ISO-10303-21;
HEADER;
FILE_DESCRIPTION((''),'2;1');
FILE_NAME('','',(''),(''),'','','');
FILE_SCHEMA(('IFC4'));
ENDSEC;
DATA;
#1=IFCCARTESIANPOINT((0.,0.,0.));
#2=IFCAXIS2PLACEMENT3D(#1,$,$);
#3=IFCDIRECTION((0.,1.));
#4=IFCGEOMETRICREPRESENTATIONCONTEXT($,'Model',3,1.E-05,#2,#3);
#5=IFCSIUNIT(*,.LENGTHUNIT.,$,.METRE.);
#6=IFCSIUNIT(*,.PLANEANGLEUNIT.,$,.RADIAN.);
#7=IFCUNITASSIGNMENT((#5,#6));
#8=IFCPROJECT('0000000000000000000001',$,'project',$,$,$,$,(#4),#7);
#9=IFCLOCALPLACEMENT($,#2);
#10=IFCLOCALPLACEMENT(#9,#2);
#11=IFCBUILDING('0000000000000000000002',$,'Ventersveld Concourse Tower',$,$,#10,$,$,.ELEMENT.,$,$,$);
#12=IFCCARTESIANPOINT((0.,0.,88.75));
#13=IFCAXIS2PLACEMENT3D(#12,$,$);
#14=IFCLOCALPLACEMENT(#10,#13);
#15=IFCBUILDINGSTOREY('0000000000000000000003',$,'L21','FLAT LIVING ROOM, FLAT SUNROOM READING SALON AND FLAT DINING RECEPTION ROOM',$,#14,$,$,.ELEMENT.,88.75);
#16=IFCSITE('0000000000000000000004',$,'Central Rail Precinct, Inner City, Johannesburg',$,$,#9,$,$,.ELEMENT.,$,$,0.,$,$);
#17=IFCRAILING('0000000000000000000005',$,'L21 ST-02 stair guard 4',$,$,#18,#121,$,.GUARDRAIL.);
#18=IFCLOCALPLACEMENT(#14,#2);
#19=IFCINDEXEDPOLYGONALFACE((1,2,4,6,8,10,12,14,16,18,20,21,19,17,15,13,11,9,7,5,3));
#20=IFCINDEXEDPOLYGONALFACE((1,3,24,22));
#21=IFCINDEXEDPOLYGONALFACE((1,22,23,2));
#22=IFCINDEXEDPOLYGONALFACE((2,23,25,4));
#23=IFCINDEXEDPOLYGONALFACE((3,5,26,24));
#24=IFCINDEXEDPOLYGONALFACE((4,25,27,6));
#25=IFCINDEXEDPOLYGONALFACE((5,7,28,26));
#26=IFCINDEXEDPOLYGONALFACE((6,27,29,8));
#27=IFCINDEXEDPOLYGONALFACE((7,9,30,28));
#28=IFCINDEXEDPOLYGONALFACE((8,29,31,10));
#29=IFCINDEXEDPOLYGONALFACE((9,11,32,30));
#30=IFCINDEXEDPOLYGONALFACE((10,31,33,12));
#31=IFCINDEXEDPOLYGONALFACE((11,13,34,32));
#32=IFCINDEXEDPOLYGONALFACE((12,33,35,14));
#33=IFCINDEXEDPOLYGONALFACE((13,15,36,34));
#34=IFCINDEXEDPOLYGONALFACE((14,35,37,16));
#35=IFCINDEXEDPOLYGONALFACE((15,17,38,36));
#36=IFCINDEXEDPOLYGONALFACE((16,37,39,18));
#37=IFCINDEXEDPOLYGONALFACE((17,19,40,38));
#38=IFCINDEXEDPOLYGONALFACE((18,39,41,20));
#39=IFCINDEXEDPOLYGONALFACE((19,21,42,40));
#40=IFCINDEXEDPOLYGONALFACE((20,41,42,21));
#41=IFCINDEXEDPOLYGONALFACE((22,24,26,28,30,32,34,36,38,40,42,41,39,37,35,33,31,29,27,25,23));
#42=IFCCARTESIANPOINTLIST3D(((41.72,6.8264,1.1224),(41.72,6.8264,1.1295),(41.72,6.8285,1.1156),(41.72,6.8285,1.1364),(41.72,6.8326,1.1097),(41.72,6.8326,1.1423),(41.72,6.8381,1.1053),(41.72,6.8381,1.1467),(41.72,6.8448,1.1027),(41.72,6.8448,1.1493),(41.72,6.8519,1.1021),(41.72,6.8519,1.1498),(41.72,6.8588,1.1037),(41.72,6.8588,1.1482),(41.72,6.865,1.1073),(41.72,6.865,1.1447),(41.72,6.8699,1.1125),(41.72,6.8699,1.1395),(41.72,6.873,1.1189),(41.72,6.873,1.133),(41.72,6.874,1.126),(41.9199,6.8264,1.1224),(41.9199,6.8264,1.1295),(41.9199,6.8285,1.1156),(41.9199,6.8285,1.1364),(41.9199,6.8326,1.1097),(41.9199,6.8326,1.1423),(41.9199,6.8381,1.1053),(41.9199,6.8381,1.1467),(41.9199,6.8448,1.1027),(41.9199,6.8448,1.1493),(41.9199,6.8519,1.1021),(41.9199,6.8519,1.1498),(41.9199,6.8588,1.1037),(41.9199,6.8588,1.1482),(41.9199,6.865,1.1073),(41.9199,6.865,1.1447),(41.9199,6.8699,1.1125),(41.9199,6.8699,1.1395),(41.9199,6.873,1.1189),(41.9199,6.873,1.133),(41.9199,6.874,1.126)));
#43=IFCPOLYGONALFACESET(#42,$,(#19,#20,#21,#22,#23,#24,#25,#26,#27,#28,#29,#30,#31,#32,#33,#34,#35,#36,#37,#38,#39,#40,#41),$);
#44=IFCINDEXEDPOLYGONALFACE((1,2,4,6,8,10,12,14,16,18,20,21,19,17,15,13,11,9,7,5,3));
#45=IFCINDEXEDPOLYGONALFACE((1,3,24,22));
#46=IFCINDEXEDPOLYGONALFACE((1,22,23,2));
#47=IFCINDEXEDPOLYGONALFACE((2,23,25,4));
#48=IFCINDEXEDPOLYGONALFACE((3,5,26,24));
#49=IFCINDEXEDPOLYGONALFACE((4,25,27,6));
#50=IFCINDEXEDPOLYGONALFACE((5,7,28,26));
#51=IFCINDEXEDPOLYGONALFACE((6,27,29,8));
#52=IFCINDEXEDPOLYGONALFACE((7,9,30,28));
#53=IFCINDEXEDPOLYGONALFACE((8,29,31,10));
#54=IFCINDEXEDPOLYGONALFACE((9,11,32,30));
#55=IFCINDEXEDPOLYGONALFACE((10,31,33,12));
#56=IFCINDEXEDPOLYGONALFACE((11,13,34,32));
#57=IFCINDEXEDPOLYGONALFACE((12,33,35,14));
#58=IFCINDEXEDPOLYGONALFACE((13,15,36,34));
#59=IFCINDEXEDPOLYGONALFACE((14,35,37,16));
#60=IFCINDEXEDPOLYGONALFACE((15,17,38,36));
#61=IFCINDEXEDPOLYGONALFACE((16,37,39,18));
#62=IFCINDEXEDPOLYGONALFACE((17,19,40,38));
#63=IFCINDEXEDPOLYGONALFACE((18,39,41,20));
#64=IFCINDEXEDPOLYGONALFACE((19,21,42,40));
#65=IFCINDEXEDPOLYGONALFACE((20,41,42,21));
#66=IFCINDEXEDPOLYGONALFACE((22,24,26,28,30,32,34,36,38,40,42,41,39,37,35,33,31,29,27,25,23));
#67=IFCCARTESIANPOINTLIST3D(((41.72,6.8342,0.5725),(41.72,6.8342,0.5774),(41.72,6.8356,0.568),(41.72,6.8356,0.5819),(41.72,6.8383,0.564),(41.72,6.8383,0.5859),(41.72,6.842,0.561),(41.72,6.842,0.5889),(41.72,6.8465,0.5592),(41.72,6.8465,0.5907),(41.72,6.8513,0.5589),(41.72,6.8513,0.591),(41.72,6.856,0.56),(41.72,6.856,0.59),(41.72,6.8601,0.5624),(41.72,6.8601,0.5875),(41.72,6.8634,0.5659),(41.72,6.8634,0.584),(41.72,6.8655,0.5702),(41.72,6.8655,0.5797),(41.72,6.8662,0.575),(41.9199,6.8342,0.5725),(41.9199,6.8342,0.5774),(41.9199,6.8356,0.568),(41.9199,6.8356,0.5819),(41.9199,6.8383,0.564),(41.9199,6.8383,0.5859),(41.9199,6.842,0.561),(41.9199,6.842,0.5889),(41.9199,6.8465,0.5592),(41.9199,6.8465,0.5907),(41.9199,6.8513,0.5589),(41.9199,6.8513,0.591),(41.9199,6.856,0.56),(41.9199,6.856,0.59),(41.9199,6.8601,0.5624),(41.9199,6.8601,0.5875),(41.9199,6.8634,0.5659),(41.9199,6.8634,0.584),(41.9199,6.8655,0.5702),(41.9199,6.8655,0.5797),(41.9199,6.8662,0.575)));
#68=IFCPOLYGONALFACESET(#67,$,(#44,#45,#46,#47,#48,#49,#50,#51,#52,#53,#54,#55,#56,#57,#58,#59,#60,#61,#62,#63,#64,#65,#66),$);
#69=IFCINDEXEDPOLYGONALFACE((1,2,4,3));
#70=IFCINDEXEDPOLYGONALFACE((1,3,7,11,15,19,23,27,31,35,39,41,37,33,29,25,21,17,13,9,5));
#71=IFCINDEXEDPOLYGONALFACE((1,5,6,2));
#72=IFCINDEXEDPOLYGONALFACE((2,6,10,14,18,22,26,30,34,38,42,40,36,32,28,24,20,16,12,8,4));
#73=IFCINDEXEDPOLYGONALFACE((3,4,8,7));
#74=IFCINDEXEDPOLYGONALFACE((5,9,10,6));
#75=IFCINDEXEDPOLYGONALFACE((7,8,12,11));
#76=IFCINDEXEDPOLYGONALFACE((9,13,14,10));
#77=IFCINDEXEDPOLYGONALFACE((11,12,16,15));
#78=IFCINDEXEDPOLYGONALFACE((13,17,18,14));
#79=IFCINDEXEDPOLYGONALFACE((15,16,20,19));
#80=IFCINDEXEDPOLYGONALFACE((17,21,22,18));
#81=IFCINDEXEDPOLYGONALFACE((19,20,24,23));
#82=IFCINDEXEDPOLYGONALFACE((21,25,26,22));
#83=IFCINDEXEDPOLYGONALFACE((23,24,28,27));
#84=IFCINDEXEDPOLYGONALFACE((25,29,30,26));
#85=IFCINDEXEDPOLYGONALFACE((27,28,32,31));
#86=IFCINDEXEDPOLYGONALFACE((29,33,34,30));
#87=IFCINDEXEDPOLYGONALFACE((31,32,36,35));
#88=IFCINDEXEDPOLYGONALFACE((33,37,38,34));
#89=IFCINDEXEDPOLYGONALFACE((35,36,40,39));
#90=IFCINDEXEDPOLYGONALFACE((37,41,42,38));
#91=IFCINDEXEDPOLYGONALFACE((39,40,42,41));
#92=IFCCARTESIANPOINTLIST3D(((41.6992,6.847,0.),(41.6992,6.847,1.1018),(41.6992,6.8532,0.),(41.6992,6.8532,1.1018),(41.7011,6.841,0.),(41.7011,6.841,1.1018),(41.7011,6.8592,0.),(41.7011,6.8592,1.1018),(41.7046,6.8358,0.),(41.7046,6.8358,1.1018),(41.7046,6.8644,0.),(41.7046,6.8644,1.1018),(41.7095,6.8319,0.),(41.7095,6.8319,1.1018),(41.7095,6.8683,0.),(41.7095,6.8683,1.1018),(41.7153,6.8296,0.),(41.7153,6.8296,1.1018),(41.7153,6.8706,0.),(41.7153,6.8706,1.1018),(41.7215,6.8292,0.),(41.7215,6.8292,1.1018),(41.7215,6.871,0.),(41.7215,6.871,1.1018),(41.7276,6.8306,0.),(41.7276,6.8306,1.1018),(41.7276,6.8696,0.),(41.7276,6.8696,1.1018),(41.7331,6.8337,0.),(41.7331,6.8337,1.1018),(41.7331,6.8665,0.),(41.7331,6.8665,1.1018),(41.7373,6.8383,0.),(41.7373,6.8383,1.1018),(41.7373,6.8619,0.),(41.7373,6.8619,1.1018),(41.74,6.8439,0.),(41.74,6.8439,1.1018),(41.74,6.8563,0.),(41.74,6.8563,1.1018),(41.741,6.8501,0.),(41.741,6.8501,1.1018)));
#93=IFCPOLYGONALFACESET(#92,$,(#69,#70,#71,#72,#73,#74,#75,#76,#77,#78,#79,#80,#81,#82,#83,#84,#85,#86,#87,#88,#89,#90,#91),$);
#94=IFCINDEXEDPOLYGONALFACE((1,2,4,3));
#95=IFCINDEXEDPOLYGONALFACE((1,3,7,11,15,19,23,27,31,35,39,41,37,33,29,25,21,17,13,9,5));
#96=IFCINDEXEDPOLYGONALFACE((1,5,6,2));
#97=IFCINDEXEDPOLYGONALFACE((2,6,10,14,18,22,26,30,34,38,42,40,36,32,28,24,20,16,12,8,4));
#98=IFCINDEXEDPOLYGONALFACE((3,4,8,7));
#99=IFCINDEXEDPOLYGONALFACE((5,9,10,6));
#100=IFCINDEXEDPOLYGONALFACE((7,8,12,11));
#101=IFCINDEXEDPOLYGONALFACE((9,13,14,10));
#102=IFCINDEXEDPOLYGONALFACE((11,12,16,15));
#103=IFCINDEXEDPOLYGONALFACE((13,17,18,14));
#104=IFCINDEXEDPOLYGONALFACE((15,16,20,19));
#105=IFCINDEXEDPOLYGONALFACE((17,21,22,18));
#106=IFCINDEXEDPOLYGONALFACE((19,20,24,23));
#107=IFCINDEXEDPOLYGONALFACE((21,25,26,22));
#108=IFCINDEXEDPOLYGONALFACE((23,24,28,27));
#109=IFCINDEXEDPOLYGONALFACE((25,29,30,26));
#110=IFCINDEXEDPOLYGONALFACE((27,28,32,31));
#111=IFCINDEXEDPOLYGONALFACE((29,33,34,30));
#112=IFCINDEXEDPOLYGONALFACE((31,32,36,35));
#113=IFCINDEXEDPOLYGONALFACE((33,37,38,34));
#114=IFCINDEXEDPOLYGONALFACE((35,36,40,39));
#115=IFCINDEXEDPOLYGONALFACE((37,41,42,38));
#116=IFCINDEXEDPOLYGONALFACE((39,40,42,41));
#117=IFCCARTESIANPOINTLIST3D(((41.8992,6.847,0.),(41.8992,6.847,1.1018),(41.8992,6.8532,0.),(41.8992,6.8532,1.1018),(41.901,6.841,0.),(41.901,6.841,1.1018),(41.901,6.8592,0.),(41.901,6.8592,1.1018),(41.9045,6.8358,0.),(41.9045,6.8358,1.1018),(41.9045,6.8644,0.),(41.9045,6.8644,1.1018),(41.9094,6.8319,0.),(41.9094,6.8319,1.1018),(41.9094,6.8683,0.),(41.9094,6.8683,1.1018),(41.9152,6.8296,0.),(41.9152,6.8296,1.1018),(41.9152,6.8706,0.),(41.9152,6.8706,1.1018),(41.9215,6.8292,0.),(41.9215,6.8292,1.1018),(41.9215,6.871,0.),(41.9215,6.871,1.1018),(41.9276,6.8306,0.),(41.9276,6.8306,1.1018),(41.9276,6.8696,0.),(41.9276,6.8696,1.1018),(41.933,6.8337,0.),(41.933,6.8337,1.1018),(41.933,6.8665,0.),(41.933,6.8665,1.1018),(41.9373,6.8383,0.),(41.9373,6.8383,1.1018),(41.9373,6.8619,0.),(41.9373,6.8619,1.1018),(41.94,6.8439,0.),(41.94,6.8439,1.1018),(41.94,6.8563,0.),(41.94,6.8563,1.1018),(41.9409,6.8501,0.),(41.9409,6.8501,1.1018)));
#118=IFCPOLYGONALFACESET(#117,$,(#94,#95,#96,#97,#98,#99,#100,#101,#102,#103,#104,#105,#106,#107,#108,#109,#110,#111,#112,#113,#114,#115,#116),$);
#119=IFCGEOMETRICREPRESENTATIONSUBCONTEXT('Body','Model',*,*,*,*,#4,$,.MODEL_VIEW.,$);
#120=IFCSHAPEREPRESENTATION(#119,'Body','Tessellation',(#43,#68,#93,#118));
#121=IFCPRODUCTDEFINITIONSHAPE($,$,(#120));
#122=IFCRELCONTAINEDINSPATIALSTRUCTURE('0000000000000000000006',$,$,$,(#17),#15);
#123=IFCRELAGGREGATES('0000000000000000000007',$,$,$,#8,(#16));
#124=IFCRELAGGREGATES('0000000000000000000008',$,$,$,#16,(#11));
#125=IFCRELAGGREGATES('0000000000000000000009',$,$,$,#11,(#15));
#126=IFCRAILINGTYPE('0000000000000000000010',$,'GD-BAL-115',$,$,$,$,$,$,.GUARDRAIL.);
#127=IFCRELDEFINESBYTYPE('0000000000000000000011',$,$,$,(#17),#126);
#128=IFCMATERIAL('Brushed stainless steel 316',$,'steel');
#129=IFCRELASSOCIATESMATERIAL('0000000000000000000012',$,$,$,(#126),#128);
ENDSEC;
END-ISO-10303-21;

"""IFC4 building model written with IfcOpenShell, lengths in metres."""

from ifc_helpers import new_model, si_unit, direction, frame, origin, origin_2d, place, context, subcontext, project, spatial, circle, extrude, material, type_object, element, save


model = new_model("IFC4")

# Units and contexts
model_context = context("Model", 3, precision=1e-05, world=origin(), true_north=direction((0.0, 1.0)))
body_context = subcontext(model_context, "Body", "Model", "MODEL_VIEW")
ifc_project = project(units=[si_unit("LENGTHUNIT", "METRE"), si_unit("PLANEANGLEUNIT", "RADIAN")], contexts=[model_context])

# Site, building, storey
site_placement = place(None, origin())
site = spatial("IfcSite", under=ifc_project, at=site_placement, Name="Central Rail Precinct, Inner City, Johannesburg", CompositionType="ELEMENT", RefElevation=0.0)
building_placement = place(site_placement, origin())
building = spatial("IfcBuilding", under=site, at=building_placement, Name="Ventersveld Concourse Tower", CompositionType="ELEMENT")
storey_placement = place(building_placement, frame((0.0, 0.0, 88.75)))
storey = spatial("IfcBuildingStorey", under=building, at=storey_placement, Name="L21", Description="FLAT LIVING ROOM, FLAT SUNROOM READING SALON AND FLAT DINING RECEPTION ROOM", CompositionType="ELEMENT", Elevation=88.75)

# Railing
ifc_material_1 = material(Name="Brushed stainless steel 316", Category="steel")
railing_type_1 = type_object("IfcRailingType", Name="GD-BAL-115", PredefinedType="GUARDRAIL", material=ifc_material_1)
railing_1_placement = place(storey_placement, frame((41.72, 6.8501, 0.0)))
element("IfcRailing", 1, at=railing_1_placement, inside=storey, type_object=railing_type_1, Name="L21 ST-02 stair guard 4", PredefinedType="GUARDRAIL", context=body_context, shape_type="SweptSolid", body=[
    extrude(circle(Radius=0.0239, at=origin_2d()), frame((0.0, 0.0, 1.126), z_axis=(1.0, 0.0, 0.0), x_axis=(0.0, 1.0, 0.0)), (0.0, 0.0, 1.0), 0.2),
    extrude(circle(Radius=0.0161, at=origin_2d()), frame((0.0, 0.0, 0.575), z_axis=(1.0, 0.0, 0.0), x_axis=(0.0, 1.0, 0.0)), (0.0, 0.0, 1.0), 0.2),
    extrude(circle(Radius=0.021, at=origin_2d()), origin(), (0.0, 0.0, 1.0), 1.1018),
    extrude(circle(Radius=0.021, at=origin_2d()), frame((0.2, 0.0, 0.0)), (0.0, 0.0, 1.0), 1.1018),
])

save(model, "model.ifc")
